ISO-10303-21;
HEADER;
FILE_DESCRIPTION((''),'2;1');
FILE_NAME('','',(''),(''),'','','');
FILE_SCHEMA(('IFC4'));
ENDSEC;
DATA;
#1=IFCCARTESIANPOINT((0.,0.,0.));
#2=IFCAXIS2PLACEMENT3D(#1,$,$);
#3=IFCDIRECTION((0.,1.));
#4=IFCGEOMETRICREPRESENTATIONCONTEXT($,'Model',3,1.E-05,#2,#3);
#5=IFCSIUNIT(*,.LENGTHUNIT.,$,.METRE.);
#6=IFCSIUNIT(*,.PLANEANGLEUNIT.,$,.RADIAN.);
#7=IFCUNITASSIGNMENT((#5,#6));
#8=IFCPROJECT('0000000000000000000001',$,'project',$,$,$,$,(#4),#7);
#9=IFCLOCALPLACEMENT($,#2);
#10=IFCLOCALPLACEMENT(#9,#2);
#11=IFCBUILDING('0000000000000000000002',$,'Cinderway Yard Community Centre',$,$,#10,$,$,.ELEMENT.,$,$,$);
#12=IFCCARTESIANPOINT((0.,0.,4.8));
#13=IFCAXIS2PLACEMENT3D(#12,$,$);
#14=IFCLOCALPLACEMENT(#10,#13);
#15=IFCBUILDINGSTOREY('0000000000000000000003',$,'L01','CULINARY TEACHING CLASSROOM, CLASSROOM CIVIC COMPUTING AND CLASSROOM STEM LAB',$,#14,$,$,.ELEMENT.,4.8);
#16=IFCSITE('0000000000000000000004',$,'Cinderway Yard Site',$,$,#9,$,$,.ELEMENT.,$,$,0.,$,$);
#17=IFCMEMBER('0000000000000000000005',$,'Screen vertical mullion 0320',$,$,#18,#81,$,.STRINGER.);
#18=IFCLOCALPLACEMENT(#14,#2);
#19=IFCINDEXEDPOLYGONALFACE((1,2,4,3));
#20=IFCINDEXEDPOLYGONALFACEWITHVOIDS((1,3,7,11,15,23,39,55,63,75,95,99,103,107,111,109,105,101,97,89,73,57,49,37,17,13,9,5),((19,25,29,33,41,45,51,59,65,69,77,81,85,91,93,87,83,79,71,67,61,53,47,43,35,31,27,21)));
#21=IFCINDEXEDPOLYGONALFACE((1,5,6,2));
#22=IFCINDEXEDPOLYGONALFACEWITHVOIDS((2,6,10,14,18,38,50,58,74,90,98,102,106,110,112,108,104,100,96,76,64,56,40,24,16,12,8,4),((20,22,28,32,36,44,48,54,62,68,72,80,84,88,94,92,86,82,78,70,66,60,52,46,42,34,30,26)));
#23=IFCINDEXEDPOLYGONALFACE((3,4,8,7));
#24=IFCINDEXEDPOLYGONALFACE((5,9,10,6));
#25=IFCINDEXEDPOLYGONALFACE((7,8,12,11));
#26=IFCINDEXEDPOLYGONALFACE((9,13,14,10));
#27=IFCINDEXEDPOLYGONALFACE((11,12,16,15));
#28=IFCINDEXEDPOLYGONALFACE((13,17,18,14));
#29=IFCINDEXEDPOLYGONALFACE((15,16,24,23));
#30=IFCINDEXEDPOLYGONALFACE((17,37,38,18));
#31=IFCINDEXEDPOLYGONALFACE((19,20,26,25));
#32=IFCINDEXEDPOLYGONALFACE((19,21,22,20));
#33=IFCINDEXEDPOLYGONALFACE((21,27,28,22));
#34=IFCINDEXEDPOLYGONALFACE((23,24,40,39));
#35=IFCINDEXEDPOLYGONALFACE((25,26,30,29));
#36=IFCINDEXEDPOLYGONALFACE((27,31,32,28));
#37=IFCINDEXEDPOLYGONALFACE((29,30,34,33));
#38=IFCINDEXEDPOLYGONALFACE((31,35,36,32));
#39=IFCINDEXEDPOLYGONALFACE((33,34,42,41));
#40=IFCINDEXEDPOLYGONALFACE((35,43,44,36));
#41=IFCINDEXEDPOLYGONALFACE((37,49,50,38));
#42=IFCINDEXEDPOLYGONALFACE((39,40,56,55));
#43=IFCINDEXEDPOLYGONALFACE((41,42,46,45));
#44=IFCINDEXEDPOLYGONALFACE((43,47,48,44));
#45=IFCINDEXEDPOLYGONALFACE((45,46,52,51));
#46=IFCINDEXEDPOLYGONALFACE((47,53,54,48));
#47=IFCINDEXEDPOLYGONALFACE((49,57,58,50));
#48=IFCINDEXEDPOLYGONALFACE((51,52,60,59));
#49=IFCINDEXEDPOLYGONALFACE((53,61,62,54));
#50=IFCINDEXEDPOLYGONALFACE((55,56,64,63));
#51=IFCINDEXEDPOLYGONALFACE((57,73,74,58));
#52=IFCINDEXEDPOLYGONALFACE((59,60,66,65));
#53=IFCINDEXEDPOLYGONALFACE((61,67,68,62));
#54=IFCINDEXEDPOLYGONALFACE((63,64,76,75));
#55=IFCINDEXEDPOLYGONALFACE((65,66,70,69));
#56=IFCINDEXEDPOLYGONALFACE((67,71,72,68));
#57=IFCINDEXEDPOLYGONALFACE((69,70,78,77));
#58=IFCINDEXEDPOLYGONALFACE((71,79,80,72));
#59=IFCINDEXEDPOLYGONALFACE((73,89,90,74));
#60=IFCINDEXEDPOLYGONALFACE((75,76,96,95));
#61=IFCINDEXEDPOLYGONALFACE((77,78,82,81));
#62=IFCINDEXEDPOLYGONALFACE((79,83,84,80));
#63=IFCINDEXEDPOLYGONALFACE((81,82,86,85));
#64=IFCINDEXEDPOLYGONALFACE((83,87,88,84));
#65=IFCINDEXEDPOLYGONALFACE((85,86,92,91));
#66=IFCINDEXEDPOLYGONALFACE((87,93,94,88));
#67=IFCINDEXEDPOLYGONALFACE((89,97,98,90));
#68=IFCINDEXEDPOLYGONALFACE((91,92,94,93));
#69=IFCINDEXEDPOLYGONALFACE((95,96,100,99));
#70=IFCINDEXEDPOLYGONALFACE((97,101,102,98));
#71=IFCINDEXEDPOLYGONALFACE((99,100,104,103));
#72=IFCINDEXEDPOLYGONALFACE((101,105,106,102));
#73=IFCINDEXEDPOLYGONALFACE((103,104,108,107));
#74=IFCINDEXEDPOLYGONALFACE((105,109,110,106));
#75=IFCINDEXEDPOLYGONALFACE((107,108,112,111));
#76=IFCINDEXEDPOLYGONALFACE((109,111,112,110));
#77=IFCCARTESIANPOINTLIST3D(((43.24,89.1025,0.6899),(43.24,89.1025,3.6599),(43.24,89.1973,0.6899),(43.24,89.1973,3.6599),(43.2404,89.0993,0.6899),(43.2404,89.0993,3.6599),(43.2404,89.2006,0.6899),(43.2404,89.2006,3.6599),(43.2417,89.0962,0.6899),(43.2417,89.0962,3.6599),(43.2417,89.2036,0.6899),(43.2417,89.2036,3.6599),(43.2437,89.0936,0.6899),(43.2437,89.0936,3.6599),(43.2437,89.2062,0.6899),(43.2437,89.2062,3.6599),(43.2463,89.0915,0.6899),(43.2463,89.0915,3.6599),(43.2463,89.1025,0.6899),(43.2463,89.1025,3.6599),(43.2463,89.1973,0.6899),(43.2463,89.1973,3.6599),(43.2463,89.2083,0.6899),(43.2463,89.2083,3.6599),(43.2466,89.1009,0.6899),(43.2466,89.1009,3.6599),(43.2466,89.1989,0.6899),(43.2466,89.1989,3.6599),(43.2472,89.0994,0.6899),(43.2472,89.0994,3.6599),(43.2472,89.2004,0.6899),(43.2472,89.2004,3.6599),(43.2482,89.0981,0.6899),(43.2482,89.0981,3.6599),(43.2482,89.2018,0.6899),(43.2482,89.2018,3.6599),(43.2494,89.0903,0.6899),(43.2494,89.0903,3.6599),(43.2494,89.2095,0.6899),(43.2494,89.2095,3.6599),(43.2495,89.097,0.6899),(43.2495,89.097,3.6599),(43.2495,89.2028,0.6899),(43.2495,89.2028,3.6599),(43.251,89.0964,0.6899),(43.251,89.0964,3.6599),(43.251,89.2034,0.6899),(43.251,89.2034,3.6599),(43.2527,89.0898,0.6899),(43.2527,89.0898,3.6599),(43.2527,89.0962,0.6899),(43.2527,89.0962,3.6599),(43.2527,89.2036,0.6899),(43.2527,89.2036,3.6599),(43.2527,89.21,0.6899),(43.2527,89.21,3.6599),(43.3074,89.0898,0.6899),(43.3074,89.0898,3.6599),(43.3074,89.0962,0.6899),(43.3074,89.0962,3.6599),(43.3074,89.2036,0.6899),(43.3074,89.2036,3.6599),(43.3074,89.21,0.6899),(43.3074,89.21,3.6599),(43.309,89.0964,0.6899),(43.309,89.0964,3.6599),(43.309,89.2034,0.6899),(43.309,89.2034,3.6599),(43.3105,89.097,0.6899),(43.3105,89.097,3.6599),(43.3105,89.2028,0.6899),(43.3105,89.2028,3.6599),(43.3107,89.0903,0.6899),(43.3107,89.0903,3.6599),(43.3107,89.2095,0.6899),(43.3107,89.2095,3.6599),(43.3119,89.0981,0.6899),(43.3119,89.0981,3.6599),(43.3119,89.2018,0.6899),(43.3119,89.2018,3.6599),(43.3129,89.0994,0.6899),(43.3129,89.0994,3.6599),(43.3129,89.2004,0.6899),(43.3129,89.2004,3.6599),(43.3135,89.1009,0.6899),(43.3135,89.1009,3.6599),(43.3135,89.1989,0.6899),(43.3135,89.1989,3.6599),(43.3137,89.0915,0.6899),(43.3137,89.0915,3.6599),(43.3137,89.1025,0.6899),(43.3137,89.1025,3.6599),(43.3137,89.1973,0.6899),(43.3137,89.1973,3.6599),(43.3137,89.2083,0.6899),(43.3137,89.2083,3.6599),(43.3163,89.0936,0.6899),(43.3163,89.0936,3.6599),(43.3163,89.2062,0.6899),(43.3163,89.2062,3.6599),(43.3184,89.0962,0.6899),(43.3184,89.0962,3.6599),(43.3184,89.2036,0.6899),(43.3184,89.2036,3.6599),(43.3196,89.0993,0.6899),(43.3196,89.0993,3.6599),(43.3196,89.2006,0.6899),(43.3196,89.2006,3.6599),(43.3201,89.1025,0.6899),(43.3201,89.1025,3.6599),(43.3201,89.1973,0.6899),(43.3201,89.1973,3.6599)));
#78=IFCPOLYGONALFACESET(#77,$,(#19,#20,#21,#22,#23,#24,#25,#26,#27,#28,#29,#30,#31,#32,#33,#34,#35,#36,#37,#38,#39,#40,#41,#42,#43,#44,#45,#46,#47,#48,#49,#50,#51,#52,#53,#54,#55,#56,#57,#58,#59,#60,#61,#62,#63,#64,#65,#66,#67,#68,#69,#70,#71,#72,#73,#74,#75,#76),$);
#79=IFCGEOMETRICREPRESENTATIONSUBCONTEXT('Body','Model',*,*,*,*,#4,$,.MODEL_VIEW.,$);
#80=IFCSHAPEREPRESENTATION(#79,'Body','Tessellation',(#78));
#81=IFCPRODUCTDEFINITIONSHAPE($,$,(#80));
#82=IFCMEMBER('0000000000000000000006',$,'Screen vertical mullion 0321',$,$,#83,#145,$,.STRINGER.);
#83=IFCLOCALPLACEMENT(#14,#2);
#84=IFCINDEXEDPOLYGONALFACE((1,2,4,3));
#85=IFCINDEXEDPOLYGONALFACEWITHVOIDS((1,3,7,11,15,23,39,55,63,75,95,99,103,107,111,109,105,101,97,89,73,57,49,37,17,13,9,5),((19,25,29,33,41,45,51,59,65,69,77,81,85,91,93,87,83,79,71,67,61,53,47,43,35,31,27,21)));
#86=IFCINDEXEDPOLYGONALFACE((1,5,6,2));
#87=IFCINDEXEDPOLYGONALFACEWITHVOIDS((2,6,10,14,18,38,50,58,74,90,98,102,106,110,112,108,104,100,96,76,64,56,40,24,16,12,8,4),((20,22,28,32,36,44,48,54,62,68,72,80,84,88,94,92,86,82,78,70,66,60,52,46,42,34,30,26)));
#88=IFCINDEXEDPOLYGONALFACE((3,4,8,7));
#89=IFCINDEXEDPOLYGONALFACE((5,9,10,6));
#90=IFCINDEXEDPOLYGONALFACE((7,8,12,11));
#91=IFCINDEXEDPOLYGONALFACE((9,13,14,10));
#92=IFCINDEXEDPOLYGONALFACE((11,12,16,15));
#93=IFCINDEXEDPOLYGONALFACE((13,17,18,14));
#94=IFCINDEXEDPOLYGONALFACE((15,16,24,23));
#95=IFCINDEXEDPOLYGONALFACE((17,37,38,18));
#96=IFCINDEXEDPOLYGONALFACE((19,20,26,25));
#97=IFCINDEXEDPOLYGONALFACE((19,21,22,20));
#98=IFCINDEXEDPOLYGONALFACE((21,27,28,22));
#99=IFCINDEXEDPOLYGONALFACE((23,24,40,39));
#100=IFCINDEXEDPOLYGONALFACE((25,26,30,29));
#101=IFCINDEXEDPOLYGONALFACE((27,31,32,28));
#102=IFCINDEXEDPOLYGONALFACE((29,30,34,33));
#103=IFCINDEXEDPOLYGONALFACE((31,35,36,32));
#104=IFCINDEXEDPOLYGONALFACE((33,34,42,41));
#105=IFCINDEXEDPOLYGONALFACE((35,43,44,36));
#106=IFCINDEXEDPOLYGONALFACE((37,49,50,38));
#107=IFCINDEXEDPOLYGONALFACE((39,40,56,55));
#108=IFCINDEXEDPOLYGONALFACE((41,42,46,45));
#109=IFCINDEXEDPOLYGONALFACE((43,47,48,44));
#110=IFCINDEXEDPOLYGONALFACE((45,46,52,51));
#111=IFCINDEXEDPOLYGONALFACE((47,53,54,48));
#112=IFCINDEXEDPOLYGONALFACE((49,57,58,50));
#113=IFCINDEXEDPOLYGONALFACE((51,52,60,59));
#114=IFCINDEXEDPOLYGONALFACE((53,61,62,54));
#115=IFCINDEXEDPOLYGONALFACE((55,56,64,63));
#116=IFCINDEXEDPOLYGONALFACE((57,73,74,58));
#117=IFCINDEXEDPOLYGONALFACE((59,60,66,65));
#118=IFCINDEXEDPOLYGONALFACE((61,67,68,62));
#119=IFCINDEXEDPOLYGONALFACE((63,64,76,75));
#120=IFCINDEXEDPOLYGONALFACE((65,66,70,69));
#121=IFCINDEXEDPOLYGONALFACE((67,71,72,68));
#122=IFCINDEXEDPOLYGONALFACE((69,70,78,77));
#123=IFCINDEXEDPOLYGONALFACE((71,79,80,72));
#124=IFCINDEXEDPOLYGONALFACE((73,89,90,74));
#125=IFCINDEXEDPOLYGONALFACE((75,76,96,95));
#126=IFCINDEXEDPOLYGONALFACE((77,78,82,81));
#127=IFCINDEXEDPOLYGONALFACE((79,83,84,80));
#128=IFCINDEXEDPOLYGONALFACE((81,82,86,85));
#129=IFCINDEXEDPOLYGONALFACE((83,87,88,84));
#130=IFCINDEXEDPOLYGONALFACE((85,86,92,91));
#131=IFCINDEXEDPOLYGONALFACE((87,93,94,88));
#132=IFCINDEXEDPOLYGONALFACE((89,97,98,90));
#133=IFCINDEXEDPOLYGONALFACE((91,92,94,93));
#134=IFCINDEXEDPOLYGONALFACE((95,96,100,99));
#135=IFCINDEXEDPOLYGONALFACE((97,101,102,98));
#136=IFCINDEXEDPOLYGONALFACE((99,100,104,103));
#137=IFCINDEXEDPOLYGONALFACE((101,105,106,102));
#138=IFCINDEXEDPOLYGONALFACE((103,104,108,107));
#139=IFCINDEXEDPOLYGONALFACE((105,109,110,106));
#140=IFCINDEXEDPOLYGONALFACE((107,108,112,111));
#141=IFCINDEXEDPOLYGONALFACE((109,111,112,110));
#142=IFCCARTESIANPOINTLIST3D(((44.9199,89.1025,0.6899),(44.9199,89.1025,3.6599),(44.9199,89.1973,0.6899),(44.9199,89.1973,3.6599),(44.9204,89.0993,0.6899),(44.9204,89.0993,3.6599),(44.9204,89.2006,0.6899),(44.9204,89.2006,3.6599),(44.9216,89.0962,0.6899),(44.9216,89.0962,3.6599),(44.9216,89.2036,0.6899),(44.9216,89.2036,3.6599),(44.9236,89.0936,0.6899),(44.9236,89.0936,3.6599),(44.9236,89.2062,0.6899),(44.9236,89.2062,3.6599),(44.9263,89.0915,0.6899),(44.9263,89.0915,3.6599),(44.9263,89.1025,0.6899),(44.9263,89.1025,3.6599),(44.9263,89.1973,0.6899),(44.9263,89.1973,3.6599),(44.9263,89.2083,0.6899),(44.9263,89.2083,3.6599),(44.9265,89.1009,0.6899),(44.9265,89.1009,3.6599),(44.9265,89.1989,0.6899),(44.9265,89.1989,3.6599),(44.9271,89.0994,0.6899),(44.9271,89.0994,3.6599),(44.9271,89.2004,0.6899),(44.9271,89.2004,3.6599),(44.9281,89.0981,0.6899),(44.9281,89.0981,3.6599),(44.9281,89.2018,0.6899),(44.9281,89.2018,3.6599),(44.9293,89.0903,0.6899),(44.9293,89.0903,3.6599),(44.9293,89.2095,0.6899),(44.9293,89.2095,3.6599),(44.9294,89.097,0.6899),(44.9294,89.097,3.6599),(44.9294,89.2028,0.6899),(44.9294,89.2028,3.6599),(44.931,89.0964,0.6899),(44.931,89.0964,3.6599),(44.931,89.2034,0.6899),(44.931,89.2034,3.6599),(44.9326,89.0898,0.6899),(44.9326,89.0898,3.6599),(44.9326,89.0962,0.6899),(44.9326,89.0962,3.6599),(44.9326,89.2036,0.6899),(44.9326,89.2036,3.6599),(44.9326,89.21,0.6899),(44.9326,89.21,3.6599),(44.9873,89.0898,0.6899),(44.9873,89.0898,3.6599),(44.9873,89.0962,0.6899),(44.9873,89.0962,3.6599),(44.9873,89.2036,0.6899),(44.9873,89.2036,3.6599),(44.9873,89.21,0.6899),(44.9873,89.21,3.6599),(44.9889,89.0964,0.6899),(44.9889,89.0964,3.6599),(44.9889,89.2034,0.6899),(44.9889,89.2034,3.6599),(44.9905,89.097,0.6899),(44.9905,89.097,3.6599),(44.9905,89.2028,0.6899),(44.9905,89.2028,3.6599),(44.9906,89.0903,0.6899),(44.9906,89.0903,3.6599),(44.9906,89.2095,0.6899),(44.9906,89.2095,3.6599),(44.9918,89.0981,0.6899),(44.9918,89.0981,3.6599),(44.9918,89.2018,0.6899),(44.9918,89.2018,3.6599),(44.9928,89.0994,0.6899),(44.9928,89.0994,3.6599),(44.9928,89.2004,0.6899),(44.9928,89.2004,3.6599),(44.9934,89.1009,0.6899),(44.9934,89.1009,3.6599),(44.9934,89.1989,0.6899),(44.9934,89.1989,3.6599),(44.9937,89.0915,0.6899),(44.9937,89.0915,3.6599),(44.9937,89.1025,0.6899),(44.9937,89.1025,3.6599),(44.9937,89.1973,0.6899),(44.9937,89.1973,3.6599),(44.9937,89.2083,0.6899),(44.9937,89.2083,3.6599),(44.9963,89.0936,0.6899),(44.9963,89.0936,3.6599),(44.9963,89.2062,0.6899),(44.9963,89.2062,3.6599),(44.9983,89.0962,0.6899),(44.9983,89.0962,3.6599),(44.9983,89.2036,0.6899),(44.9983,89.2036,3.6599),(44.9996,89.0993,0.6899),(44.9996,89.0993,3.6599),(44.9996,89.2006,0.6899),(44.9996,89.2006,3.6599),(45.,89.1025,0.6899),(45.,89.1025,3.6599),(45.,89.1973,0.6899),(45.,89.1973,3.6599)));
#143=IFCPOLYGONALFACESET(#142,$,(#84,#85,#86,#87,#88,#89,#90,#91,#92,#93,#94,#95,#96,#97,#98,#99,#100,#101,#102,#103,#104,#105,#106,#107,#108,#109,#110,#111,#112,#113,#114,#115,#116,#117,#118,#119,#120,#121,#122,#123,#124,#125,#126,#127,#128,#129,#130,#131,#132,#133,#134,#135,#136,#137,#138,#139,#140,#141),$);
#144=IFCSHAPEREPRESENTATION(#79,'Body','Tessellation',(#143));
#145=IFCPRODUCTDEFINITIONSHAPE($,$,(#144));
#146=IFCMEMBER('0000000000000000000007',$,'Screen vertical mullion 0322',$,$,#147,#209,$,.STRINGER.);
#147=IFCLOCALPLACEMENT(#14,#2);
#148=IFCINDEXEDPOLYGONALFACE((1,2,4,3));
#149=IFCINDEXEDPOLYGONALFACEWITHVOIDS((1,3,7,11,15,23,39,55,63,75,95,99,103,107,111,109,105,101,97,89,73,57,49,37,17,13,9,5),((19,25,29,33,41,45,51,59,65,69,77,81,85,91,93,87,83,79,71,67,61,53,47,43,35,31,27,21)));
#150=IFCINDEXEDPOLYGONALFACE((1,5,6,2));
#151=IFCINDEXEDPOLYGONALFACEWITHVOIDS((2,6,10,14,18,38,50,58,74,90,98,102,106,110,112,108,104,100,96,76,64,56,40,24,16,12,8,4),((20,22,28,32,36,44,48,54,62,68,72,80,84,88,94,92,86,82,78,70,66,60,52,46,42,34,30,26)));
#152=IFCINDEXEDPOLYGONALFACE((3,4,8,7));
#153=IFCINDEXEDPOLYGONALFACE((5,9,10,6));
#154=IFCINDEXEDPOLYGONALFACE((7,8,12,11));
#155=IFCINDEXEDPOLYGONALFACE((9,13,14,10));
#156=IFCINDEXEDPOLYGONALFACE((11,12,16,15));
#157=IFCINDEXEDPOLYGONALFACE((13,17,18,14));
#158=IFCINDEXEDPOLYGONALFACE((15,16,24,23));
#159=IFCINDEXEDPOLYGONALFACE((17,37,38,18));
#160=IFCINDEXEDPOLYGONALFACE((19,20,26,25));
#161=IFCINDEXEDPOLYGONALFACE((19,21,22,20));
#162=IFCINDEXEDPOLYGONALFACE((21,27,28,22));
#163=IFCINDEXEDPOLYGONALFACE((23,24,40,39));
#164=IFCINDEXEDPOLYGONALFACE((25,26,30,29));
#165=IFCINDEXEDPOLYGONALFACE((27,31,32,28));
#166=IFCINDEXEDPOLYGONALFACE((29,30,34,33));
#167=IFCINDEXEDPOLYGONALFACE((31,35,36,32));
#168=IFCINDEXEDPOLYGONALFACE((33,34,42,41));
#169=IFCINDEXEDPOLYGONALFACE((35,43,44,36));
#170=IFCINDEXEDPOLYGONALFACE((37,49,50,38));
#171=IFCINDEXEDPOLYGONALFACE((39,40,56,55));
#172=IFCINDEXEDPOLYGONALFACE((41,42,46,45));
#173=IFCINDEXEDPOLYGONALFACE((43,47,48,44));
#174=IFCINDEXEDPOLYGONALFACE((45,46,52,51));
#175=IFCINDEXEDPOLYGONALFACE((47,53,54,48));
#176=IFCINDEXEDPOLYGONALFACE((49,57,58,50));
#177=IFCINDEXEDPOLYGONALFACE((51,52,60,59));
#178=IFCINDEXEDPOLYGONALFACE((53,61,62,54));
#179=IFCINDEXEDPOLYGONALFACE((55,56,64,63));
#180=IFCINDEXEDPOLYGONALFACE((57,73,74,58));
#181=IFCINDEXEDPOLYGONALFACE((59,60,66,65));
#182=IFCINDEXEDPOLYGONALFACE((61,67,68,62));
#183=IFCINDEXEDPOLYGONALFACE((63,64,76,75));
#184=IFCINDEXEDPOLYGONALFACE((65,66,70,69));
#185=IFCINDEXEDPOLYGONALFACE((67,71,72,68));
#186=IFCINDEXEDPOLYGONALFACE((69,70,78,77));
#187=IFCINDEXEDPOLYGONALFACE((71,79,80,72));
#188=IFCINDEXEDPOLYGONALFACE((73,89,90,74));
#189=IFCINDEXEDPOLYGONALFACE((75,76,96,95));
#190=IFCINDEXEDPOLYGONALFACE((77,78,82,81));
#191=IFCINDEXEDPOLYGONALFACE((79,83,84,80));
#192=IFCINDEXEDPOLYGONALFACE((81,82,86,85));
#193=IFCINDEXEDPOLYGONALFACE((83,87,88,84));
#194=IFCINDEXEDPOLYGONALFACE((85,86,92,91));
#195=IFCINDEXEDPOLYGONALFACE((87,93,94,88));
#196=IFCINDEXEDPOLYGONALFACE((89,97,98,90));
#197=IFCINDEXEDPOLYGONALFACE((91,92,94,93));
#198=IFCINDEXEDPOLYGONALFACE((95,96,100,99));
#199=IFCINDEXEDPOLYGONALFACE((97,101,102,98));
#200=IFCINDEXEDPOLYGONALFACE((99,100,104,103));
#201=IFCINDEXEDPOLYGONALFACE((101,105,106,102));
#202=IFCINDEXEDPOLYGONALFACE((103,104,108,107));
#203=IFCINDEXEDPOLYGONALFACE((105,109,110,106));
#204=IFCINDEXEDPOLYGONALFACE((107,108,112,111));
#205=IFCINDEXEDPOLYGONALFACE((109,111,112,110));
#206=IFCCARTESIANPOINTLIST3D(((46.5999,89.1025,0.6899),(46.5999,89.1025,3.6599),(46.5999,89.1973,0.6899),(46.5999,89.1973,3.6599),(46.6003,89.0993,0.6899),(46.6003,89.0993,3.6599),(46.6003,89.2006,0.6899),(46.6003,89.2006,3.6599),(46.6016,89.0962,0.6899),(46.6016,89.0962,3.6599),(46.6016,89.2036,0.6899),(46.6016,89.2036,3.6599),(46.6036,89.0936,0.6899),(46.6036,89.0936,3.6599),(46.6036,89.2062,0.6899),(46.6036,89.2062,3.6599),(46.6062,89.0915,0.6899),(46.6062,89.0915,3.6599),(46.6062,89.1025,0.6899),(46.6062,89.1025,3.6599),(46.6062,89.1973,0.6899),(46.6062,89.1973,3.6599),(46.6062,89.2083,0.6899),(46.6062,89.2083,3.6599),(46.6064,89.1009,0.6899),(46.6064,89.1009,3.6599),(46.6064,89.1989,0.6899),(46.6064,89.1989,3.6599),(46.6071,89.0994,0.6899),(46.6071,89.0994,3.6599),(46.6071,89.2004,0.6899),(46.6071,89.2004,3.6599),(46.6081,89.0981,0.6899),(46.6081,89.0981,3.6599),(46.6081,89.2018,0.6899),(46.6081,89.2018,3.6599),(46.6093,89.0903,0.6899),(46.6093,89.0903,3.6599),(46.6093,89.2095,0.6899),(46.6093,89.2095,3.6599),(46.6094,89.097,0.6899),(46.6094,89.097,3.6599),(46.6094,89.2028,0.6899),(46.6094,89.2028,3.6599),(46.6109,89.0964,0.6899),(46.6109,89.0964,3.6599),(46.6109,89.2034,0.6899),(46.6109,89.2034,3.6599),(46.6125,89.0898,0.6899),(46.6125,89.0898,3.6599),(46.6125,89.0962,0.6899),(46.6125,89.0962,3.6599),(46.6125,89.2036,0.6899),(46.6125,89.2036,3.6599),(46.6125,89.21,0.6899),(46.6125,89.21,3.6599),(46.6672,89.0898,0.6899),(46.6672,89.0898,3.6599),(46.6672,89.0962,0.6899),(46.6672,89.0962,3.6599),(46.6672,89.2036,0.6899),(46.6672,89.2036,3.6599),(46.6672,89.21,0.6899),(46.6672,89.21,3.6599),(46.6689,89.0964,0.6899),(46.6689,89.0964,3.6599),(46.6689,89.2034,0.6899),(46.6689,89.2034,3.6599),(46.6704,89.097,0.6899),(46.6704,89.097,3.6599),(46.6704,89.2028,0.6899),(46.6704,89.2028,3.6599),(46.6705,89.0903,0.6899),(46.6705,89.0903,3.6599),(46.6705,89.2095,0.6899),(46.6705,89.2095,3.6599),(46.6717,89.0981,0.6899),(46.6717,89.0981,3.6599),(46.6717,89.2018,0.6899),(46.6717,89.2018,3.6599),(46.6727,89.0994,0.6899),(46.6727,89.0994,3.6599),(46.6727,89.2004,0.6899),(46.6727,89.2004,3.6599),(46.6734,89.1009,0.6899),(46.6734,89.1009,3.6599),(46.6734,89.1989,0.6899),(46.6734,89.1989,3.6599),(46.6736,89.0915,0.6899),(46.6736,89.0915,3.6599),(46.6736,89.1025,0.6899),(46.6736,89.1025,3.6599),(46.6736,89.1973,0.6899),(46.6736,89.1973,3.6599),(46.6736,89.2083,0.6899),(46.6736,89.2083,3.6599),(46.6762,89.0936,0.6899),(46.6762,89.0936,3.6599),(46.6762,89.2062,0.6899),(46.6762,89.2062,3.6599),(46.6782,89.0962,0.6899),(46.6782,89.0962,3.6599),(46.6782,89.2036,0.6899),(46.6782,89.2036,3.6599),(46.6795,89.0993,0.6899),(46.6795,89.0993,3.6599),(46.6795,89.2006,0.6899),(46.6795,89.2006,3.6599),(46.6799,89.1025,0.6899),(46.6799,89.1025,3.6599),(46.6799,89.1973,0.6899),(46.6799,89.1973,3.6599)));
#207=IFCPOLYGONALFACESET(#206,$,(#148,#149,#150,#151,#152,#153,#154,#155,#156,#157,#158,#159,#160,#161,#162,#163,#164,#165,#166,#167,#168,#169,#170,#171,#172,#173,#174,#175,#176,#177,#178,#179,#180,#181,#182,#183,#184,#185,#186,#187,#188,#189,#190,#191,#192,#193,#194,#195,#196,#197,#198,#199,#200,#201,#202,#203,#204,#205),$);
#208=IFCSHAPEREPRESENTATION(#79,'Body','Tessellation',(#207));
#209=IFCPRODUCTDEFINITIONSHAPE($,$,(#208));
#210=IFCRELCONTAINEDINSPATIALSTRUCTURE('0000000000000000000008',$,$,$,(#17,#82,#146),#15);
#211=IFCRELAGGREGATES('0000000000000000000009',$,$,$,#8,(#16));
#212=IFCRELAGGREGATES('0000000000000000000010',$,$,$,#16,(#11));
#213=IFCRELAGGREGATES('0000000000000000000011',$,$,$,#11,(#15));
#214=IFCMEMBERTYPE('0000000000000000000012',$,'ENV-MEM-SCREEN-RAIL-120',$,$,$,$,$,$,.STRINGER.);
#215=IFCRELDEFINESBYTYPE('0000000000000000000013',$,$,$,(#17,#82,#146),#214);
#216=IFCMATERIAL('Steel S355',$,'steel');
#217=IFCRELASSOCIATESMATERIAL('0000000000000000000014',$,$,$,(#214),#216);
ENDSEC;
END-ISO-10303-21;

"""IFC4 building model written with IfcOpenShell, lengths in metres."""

from ifc_helpers import new_model, si_unit, direction, frame, origin, origin_2d, place, context, subcontext, project, spatial, hollow_rectangle, extrude, material, material_profile, profile_set, type_object, element, save


model = new_model("IFC4")

# Units and contexts
model_context = context("Model", 3, precision=1e-05, world=origin(), true_north=direction((0.0, 1.0)))
body_context = subcontext(model_context, "Body", "Model", "MODEL_VIEW")
ifc_project = project(units=[si_unit("LENGTHUNIT", "METRE"), si_unit("PLANEANGLEUNIT", "RADIAN")], contexts=[model_context])

# Site, building, storey
site_placement = place(None, origin())
site = spatial("IfcSite", under=ifc_project, at=site_placement, Name="Cinderway Yard Site", CompositionType="ELEMENT", RefElevation=0.0)
building_placement = place(site_placement, origin())
building = spatial("IfcBuilding", under=site, at=building_placement, Name="Cinderway Yard Community Centre", CompositionType="ELEMENT")
storey_placement = place(building_placement, frame((0.0, 0.0, 4.8)))
storey = spatial("IfcBuildingStorey", under=building, at=storey_placement, Name="L01", Description="CULINARY TEACHING CLASSROOM, CLASSROOM CIVIC COMPUTING AND CLASSROOM STEM LAB", CompositionType="ELEMENT", Elevation=4.8)

# Members
ifc_material_1 = material(Name="Steel S355", Category="steel")
ifc_material_profile_1 = material_profile(ifc_material_1, hollow_rectangle(XDim=0.0801, YDim=0.1201, WallThickness=0.0063, InnerFilletRadius=0.0063, OuterFilletRadius=0.0127, at=origin_2d()), Name="Steel S355")
ifc_profile_set_1 = profile_set([ifc_material_profile_1], Name="Steel S355")
member_type_1 = type_object("IfcMemberType", Name="ENV-MEM-SCREEN-RAIL-120", PredefinedType="STRINGER", material=ifc_profile_set_1)
for number, where, z_axis, x_axis, name in (
    (1, (43.28, 89.1499, 0.6899), (0.0, 0.0, 1.0), (1.0, 0.0, 0.0), "Screen vertical mullion 0320"),
    (2, (44.96, 89.1499, 0.6899), (0.0, 0.0, 1.0), (1.0, 0.0, 0.0), "Screen vertical mullion 0321"),
    (3, (46.6399, 89.1499, 0.6899), (0.0, 0.0, 1.0), (1.0, 0.0, 0.0), "Screen vertical mullion 0322"),
):
    element("IfcMember", number, at=place(storey_placement, frame(where, z_axis=z_axis, x_axis=x_axis)), inside=storey, type_object=member_type_1, Name=name, PredefinedType="STRINGER", context=body_context, shape_type="SweptSolid", body=[
        extrude(hollow_rectangle(XDim=0.0801, YDim=0.1201, WallThickness=0.0063, InnerFilletRadius=0.0063, OuterFilletRadius=0.0127, at=origin_2d()), origin(), (0.0, 0.0, 1.0), 2.97),
    ])

save(model, "model.ifc")
